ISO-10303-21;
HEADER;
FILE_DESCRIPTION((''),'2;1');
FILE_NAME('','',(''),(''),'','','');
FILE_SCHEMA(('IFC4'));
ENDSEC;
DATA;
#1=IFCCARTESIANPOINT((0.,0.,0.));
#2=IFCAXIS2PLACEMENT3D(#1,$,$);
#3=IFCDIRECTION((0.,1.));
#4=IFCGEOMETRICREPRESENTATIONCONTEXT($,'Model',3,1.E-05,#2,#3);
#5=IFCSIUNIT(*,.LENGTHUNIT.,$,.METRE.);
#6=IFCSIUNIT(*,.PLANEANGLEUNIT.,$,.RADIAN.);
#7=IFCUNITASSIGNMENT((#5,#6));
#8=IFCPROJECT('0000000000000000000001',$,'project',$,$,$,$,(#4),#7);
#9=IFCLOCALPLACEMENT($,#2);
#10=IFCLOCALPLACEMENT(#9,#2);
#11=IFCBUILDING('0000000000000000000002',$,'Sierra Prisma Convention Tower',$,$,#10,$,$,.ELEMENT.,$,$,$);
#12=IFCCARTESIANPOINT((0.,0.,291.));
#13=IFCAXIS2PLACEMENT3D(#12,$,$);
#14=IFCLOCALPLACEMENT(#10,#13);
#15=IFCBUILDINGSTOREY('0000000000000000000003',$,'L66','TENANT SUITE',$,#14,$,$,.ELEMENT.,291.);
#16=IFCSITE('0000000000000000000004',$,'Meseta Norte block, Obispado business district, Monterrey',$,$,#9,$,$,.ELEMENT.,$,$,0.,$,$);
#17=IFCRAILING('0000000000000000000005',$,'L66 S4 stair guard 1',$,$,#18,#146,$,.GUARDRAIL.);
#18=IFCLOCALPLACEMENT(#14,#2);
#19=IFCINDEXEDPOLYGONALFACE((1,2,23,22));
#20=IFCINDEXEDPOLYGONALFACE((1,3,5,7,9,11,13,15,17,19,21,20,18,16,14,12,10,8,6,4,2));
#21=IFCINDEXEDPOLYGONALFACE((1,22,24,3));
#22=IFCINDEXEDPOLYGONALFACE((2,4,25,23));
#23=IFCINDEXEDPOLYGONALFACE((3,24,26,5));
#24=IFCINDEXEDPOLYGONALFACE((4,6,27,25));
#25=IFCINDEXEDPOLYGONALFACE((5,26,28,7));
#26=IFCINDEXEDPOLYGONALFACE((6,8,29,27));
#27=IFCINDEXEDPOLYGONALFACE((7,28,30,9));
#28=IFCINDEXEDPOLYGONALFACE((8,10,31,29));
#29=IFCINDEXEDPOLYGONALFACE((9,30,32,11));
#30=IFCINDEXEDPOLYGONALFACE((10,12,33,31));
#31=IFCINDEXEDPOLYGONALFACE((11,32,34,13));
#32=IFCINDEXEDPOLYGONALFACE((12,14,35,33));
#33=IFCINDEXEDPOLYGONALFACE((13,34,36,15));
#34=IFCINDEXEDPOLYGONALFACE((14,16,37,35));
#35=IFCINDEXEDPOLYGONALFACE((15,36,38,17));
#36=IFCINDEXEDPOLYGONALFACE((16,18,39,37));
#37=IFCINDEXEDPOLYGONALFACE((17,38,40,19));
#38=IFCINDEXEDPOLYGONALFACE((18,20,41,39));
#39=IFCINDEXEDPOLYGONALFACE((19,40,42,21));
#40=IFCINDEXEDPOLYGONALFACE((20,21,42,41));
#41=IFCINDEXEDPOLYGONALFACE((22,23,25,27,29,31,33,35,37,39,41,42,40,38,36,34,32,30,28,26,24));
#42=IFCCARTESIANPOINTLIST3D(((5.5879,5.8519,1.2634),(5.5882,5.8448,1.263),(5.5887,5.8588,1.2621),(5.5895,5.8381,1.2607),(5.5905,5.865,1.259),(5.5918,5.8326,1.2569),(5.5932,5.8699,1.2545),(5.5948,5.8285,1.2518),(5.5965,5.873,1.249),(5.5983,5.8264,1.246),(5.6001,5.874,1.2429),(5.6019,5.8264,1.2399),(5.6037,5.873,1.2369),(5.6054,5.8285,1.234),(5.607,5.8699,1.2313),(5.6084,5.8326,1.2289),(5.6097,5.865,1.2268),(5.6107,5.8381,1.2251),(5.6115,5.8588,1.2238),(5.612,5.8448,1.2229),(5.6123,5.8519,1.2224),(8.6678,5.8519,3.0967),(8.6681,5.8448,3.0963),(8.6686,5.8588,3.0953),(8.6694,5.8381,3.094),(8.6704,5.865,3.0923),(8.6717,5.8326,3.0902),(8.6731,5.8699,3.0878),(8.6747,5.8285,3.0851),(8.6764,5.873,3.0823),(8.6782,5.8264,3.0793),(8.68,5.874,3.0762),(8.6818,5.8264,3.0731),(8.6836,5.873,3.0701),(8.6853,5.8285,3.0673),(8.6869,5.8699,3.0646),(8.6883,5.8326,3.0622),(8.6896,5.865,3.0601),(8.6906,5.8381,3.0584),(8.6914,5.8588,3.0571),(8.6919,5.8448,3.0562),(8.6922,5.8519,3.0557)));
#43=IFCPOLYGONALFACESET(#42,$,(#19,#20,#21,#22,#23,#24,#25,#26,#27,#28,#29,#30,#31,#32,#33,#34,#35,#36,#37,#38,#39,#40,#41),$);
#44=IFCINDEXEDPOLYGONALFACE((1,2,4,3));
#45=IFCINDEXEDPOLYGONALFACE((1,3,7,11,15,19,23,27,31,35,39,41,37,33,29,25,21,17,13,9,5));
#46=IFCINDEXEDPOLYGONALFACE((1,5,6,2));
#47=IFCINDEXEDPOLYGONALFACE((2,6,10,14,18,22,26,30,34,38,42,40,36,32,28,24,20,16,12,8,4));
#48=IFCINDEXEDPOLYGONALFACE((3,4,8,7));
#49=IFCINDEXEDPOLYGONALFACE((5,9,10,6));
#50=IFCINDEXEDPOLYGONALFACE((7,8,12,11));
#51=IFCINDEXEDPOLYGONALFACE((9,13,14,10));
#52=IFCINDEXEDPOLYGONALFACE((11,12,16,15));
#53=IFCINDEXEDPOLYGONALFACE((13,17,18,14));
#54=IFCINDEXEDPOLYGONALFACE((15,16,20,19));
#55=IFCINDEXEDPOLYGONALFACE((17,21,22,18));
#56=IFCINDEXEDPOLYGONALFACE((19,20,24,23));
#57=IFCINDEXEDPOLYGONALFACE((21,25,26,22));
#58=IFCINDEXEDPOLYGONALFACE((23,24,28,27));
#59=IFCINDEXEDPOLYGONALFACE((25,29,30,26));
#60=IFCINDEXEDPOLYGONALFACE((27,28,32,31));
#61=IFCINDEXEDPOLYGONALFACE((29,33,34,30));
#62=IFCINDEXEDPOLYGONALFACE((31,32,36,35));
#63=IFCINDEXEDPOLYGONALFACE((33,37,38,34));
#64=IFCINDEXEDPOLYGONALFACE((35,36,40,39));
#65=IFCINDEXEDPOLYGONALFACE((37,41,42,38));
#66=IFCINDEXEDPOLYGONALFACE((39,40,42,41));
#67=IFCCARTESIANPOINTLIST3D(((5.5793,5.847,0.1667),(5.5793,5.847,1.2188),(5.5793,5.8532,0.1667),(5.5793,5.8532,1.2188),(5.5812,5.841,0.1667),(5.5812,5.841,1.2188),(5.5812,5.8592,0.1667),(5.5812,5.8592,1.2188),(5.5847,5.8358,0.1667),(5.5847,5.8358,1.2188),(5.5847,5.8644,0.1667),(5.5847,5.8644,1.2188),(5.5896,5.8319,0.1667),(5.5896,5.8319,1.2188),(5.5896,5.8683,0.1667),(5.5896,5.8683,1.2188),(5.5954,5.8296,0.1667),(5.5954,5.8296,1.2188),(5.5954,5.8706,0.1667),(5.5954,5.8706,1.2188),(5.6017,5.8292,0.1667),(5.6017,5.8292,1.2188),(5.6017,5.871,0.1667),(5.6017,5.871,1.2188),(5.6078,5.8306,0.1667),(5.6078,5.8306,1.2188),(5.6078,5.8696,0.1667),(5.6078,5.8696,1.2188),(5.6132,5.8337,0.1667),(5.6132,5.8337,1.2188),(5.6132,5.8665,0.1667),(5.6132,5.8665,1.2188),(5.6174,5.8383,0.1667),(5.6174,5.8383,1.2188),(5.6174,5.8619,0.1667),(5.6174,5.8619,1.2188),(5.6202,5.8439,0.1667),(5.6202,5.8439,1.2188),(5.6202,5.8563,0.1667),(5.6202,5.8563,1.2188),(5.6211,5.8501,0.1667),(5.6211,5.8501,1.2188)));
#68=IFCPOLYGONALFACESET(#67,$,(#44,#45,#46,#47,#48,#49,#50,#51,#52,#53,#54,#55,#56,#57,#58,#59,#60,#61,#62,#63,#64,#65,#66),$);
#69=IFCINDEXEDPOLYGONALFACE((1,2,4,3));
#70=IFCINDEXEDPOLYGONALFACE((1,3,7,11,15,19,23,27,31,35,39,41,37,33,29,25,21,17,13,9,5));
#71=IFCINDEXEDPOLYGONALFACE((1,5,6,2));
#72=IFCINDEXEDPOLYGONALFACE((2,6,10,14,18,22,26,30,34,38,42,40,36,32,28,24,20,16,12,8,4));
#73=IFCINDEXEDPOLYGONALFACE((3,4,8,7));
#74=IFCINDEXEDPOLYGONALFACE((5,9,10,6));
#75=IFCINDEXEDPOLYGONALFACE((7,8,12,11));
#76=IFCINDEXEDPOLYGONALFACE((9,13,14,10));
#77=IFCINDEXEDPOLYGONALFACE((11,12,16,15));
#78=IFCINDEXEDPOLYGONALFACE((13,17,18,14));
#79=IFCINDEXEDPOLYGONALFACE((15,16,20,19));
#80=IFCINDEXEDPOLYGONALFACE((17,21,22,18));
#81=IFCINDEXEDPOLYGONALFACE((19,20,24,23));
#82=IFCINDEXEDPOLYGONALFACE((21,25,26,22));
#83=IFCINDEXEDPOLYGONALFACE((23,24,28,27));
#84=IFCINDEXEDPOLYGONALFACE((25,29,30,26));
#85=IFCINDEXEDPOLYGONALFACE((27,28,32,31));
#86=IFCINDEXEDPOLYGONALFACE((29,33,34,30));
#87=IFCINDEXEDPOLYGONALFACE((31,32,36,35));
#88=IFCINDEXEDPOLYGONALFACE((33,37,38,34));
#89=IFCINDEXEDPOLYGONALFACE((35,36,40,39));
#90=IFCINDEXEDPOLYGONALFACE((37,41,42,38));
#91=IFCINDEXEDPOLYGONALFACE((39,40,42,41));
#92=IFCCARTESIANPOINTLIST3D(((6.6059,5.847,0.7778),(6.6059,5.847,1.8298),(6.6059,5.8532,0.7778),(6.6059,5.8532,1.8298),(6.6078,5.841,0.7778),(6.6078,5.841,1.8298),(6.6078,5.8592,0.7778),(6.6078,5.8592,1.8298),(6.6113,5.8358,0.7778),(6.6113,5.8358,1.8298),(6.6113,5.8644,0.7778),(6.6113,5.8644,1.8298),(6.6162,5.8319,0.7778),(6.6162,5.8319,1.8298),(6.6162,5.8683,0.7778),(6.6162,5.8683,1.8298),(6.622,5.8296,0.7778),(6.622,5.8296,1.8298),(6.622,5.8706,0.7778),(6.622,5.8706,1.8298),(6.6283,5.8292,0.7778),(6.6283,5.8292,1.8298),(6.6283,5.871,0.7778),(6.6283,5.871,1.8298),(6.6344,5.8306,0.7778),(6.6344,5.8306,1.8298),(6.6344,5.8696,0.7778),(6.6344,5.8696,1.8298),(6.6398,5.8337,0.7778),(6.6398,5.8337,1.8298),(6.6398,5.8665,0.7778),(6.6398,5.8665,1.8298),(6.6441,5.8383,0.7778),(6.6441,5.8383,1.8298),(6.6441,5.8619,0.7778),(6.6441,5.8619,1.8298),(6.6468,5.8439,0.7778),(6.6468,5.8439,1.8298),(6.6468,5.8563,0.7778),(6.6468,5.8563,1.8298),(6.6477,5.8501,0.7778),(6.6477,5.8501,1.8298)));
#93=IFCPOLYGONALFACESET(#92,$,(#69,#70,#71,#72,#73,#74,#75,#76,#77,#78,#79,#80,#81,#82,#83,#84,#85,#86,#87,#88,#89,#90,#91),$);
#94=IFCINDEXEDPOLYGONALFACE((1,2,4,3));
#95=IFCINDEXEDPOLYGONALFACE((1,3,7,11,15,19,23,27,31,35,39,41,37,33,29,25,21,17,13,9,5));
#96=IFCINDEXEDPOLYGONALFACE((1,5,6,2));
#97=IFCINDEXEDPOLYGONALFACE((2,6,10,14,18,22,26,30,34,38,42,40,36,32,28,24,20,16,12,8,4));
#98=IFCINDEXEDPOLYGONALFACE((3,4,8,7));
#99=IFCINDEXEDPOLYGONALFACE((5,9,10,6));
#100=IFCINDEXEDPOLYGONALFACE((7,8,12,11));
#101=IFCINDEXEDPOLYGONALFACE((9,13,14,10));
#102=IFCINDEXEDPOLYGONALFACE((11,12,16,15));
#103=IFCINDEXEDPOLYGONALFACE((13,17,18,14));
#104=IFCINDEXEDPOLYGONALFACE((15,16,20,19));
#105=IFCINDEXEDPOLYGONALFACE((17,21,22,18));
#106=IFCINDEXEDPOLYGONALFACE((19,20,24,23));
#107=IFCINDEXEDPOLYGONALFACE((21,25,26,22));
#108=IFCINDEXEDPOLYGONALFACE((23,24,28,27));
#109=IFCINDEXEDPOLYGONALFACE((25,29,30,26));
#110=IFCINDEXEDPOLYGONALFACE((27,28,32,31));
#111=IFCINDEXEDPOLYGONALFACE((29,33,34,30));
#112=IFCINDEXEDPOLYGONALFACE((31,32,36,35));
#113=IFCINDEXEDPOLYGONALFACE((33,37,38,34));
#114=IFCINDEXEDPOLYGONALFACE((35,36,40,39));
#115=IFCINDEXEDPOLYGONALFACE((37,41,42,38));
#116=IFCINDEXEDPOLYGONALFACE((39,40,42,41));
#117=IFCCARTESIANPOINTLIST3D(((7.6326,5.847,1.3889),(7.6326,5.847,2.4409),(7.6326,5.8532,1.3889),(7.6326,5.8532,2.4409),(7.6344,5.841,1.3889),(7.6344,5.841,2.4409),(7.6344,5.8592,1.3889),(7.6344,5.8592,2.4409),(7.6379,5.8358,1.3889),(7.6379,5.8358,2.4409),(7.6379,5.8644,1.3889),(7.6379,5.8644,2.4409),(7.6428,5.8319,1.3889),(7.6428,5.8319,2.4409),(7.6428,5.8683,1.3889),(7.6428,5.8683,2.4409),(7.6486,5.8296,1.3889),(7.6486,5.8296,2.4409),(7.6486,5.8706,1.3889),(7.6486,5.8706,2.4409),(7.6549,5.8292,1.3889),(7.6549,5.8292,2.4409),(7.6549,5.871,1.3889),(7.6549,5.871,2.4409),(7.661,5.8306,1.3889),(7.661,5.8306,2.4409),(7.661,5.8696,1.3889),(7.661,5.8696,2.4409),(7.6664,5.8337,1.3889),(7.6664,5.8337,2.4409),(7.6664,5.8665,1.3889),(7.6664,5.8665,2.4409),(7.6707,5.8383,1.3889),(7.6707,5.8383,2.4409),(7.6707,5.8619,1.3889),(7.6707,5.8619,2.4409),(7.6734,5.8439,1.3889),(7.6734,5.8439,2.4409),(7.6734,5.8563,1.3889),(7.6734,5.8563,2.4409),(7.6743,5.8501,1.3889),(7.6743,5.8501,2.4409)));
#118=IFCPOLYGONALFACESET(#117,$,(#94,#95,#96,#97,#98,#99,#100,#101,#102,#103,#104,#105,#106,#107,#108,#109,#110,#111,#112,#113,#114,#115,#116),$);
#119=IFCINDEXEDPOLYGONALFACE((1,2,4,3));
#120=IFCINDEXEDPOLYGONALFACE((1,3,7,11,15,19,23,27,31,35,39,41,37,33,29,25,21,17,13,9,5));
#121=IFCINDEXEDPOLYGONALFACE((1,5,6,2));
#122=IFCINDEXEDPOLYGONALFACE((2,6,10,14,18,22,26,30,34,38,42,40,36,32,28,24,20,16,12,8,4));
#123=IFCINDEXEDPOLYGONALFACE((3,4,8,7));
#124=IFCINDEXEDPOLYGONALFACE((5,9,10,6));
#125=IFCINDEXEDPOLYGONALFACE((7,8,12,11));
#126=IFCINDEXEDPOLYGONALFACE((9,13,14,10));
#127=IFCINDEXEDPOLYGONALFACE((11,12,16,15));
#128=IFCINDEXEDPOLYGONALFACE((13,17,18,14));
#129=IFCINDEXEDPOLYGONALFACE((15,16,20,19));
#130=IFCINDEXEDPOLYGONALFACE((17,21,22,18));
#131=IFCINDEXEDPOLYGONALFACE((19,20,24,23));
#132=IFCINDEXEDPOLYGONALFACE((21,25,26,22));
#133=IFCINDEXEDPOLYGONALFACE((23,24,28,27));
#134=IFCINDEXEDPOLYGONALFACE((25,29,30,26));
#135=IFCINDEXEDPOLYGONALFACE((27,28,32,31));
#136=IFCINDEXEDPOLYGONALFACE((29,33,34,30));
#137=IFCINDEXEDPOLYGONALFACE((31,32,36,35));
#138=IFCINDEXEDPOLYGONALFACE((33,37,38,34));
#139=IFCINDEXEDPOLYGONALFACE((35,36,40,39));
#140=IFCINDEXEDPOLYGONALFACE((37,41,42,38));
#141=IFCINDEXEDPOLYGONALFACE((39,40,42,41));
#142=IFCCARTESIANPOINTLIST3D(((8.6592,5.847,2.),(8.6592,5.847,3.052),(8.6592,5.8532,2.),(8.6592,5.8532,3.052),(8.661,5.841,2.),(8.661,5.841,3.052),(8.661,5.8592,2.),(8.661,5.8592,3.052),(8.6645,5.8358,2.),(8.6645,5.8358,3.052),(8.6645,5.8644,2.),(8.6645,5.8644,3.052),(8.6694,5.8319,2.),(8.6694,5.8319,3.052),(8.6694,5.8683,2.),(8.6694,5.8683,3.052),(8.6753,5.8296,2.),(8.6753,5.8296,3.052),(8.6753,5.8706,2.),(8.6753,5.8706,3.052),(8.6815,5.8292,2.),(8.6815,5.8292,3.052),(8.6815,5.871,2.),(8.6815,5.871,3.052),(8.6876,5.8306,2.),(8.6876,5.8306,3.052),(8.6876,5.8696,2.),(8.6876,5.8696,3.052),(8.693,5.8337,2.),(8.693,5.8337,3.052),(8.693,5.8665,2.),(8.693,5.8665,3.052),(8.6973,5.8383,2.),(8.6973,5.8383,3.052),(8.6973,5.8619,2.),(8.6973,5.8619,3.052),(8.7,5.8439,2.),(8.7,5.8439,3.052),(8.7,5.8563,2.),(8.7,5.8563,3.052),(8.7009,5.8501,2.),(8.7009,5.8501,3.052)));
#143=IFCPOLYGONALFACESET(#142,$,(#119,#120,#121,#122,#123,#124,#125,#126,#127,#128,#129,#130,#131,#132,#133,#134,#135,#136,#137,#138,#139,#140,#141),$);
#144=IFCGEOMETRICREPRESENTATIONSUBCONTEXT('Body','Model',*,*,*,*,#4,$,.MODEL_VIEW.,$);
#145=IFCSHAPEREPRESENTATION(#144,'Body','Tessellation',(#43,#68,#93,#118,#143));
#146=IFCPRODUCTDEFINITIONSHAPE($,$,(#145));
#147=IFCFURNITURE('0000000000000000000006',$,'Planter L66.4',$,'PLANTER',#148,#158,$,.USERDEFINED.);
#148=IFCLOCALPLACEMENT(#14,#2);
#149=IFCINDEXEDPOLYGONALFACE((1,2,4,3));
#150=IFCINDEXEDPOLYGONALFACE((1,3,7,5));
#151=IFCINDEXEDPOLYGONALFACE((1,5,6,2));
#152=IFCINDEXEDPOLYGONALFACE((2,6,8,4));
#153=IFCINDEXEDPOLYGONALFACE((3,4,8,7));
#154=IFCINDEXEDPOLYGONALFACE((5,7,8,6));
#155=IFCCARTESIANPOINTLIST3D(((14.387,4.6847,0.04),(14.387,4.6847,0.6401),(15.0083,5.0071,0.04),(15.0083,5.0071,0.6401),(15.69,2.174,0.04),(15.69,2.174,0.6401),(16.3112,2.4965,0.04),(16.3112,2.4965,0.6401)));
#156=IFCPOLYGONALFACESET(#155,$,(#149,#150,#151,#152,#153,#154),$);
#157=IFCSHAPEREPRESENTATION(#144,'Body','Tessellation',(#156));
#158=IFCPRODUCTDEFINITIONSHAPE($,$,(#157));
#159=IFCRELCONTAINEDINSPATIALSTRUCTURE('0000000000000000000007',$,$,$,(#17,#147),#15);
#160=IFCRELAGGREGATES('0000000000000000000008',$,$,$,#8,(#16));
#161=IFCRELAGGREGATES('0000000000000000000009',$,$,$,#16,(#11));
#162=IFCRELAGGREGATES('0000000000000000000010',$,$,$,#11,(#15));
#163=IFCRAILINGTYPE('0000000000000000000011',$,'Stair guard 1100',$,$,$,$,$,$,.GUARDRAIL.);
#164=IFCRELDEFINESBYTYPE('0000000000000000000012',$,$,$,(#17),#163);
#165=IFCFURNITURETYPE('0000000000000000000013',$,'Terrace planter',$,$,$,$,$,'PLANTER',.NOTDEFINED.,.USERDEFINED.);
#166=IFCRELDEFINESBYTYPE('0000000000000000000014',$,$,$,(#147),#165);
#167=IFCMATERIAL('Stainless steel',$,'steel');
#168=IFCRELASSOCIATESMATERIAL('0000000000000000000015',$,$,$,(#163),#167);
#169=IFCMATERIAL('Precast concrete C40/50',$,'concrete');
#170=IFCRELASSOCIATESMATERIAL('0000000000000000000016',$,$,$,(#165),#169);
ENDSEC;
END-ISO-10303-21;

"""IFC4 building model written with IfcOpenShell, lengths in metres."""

from ifc_helpers import new_model, si_unit, direction, frame, origin, origin_2d, place, context, subcontext, project, spatial, rectangle, circle, extrude, material, type_object, element, save


model = new_model("IFC4")

# Units and contexts
model_context = context("Model", 3, precision=1e-05, world=origin(), true_north=direction((0.0, 1.0)))
body_context = subcontext(model_context, "Body", "Model", "MODEL_VIEW")
ifc_project = project(units=[si_unit("LENGTHUNIT", "METRE"), si_unit("PLANEANGLEUNIT", "RADIAN")], contexts=[model_context])

# Site, building, storey
site_placement = place(None, origin())
site = spatial("IfcSite", under=ifc_project, at=site_placement, Name="Meseta Norte block, Obispado business district, Monterrey", CompositionType="ELEMENT", RefElevation=0.0)
building_placement = place(site_placement, origin())
building = spatial("IfcBuilding", under=site, at=building_placement, Name="Sierra Prisma Convention Tower", CompositionType="ELEMENT")
storey_placement = place(building_placement, frame((0.0, 0.0, 291.0)))
storey = spatial("IfcBuildingStorey", under=building, at=storey_placement, Name="L66", Description="TENANT SUITE", CompositionType="ELEMENT", Elevation=291.0)

# Railing
ifc_material_1 = material(Name="Stainless steel", Category="steel")
railing_type = type_object("IfcRailingType", Name="Stair guard 1100", PredefinedType="GUARDRAIL", material=ifc_material_1)
railing_placement = place(storey_placement, frame((5.6001, 5.8501, 0.1667)))
element("IfcRailing", 1, at=railing_placement, inside=storey, type_object=railing_type, Name="L66 S4 stair guard 1", PredefinedType="GUARDRAIL", context=body_context, shape_type="SweptSolid", body=[
    extrude(circle(Radius=0.0239, at=origin_2d()), frame((0.0, 0.0, 1.0762), z_axis=(0.859291, 0.0, 0.511487), x_axis=(0.0, 1.0, 0.0)), (0.0, 0.0, 1.0), 3.5842),
    extrude(circle(Radius=0.021, at=origin_2d()), origin(), (0.0, 0.0, 1.0), 1.052),
    extrude(circle(Radius=0.021, at=origin_2d()), frame((1.0266, 0.0, 0.6111)), (0.0, 0.0, 1.0), 1.052),
    extrude(circle(Radius=0.021, at=origin_2d()), frame((2.0532, 0.0, 1.2222)), (0.0, 0.0, 1.0), 1.052),
    extrude(circle(Radius=0.021, at=origin_2d()), frame((3.0798, 0.0, 1.8333)), (0.0, 0.0, 1.0), 1.052),
])

# Furniture
ifc_material_2 = material(Name="Precast concrete C40/50", Category="concrete")
furniture_type = type_object("IfcFurnitureType", Name="Terrace planter", ElementType="PLANTER", AssemblyPlace="NOTDEFINED", PredefinedType="USERDEFINED", material=ifc_material_2)
furniture_placement = place(storey_placement, frame((15.3491, 3.5906, 0.04), z_axis=(0.0, 0.0, 1.0), x_axis=(-0.460636, 0.887589, 0.0)))
element("IfcFurniture", 2, at=furniture_placement, inside=storey, type_object=furniture_type, Name="Planter L66.4", ObjectType="PLANTER", PredefinedType="USERDEFINED", context=body_context, shape_type="SweptSolid", body=[
    extrude(rectangle(XDim=2.8286, YDim=0.7, at=origin_2d()), origin(), (0.0, 0.0, 1.0), 0.6001),
])

save(model, "model.ifc")
